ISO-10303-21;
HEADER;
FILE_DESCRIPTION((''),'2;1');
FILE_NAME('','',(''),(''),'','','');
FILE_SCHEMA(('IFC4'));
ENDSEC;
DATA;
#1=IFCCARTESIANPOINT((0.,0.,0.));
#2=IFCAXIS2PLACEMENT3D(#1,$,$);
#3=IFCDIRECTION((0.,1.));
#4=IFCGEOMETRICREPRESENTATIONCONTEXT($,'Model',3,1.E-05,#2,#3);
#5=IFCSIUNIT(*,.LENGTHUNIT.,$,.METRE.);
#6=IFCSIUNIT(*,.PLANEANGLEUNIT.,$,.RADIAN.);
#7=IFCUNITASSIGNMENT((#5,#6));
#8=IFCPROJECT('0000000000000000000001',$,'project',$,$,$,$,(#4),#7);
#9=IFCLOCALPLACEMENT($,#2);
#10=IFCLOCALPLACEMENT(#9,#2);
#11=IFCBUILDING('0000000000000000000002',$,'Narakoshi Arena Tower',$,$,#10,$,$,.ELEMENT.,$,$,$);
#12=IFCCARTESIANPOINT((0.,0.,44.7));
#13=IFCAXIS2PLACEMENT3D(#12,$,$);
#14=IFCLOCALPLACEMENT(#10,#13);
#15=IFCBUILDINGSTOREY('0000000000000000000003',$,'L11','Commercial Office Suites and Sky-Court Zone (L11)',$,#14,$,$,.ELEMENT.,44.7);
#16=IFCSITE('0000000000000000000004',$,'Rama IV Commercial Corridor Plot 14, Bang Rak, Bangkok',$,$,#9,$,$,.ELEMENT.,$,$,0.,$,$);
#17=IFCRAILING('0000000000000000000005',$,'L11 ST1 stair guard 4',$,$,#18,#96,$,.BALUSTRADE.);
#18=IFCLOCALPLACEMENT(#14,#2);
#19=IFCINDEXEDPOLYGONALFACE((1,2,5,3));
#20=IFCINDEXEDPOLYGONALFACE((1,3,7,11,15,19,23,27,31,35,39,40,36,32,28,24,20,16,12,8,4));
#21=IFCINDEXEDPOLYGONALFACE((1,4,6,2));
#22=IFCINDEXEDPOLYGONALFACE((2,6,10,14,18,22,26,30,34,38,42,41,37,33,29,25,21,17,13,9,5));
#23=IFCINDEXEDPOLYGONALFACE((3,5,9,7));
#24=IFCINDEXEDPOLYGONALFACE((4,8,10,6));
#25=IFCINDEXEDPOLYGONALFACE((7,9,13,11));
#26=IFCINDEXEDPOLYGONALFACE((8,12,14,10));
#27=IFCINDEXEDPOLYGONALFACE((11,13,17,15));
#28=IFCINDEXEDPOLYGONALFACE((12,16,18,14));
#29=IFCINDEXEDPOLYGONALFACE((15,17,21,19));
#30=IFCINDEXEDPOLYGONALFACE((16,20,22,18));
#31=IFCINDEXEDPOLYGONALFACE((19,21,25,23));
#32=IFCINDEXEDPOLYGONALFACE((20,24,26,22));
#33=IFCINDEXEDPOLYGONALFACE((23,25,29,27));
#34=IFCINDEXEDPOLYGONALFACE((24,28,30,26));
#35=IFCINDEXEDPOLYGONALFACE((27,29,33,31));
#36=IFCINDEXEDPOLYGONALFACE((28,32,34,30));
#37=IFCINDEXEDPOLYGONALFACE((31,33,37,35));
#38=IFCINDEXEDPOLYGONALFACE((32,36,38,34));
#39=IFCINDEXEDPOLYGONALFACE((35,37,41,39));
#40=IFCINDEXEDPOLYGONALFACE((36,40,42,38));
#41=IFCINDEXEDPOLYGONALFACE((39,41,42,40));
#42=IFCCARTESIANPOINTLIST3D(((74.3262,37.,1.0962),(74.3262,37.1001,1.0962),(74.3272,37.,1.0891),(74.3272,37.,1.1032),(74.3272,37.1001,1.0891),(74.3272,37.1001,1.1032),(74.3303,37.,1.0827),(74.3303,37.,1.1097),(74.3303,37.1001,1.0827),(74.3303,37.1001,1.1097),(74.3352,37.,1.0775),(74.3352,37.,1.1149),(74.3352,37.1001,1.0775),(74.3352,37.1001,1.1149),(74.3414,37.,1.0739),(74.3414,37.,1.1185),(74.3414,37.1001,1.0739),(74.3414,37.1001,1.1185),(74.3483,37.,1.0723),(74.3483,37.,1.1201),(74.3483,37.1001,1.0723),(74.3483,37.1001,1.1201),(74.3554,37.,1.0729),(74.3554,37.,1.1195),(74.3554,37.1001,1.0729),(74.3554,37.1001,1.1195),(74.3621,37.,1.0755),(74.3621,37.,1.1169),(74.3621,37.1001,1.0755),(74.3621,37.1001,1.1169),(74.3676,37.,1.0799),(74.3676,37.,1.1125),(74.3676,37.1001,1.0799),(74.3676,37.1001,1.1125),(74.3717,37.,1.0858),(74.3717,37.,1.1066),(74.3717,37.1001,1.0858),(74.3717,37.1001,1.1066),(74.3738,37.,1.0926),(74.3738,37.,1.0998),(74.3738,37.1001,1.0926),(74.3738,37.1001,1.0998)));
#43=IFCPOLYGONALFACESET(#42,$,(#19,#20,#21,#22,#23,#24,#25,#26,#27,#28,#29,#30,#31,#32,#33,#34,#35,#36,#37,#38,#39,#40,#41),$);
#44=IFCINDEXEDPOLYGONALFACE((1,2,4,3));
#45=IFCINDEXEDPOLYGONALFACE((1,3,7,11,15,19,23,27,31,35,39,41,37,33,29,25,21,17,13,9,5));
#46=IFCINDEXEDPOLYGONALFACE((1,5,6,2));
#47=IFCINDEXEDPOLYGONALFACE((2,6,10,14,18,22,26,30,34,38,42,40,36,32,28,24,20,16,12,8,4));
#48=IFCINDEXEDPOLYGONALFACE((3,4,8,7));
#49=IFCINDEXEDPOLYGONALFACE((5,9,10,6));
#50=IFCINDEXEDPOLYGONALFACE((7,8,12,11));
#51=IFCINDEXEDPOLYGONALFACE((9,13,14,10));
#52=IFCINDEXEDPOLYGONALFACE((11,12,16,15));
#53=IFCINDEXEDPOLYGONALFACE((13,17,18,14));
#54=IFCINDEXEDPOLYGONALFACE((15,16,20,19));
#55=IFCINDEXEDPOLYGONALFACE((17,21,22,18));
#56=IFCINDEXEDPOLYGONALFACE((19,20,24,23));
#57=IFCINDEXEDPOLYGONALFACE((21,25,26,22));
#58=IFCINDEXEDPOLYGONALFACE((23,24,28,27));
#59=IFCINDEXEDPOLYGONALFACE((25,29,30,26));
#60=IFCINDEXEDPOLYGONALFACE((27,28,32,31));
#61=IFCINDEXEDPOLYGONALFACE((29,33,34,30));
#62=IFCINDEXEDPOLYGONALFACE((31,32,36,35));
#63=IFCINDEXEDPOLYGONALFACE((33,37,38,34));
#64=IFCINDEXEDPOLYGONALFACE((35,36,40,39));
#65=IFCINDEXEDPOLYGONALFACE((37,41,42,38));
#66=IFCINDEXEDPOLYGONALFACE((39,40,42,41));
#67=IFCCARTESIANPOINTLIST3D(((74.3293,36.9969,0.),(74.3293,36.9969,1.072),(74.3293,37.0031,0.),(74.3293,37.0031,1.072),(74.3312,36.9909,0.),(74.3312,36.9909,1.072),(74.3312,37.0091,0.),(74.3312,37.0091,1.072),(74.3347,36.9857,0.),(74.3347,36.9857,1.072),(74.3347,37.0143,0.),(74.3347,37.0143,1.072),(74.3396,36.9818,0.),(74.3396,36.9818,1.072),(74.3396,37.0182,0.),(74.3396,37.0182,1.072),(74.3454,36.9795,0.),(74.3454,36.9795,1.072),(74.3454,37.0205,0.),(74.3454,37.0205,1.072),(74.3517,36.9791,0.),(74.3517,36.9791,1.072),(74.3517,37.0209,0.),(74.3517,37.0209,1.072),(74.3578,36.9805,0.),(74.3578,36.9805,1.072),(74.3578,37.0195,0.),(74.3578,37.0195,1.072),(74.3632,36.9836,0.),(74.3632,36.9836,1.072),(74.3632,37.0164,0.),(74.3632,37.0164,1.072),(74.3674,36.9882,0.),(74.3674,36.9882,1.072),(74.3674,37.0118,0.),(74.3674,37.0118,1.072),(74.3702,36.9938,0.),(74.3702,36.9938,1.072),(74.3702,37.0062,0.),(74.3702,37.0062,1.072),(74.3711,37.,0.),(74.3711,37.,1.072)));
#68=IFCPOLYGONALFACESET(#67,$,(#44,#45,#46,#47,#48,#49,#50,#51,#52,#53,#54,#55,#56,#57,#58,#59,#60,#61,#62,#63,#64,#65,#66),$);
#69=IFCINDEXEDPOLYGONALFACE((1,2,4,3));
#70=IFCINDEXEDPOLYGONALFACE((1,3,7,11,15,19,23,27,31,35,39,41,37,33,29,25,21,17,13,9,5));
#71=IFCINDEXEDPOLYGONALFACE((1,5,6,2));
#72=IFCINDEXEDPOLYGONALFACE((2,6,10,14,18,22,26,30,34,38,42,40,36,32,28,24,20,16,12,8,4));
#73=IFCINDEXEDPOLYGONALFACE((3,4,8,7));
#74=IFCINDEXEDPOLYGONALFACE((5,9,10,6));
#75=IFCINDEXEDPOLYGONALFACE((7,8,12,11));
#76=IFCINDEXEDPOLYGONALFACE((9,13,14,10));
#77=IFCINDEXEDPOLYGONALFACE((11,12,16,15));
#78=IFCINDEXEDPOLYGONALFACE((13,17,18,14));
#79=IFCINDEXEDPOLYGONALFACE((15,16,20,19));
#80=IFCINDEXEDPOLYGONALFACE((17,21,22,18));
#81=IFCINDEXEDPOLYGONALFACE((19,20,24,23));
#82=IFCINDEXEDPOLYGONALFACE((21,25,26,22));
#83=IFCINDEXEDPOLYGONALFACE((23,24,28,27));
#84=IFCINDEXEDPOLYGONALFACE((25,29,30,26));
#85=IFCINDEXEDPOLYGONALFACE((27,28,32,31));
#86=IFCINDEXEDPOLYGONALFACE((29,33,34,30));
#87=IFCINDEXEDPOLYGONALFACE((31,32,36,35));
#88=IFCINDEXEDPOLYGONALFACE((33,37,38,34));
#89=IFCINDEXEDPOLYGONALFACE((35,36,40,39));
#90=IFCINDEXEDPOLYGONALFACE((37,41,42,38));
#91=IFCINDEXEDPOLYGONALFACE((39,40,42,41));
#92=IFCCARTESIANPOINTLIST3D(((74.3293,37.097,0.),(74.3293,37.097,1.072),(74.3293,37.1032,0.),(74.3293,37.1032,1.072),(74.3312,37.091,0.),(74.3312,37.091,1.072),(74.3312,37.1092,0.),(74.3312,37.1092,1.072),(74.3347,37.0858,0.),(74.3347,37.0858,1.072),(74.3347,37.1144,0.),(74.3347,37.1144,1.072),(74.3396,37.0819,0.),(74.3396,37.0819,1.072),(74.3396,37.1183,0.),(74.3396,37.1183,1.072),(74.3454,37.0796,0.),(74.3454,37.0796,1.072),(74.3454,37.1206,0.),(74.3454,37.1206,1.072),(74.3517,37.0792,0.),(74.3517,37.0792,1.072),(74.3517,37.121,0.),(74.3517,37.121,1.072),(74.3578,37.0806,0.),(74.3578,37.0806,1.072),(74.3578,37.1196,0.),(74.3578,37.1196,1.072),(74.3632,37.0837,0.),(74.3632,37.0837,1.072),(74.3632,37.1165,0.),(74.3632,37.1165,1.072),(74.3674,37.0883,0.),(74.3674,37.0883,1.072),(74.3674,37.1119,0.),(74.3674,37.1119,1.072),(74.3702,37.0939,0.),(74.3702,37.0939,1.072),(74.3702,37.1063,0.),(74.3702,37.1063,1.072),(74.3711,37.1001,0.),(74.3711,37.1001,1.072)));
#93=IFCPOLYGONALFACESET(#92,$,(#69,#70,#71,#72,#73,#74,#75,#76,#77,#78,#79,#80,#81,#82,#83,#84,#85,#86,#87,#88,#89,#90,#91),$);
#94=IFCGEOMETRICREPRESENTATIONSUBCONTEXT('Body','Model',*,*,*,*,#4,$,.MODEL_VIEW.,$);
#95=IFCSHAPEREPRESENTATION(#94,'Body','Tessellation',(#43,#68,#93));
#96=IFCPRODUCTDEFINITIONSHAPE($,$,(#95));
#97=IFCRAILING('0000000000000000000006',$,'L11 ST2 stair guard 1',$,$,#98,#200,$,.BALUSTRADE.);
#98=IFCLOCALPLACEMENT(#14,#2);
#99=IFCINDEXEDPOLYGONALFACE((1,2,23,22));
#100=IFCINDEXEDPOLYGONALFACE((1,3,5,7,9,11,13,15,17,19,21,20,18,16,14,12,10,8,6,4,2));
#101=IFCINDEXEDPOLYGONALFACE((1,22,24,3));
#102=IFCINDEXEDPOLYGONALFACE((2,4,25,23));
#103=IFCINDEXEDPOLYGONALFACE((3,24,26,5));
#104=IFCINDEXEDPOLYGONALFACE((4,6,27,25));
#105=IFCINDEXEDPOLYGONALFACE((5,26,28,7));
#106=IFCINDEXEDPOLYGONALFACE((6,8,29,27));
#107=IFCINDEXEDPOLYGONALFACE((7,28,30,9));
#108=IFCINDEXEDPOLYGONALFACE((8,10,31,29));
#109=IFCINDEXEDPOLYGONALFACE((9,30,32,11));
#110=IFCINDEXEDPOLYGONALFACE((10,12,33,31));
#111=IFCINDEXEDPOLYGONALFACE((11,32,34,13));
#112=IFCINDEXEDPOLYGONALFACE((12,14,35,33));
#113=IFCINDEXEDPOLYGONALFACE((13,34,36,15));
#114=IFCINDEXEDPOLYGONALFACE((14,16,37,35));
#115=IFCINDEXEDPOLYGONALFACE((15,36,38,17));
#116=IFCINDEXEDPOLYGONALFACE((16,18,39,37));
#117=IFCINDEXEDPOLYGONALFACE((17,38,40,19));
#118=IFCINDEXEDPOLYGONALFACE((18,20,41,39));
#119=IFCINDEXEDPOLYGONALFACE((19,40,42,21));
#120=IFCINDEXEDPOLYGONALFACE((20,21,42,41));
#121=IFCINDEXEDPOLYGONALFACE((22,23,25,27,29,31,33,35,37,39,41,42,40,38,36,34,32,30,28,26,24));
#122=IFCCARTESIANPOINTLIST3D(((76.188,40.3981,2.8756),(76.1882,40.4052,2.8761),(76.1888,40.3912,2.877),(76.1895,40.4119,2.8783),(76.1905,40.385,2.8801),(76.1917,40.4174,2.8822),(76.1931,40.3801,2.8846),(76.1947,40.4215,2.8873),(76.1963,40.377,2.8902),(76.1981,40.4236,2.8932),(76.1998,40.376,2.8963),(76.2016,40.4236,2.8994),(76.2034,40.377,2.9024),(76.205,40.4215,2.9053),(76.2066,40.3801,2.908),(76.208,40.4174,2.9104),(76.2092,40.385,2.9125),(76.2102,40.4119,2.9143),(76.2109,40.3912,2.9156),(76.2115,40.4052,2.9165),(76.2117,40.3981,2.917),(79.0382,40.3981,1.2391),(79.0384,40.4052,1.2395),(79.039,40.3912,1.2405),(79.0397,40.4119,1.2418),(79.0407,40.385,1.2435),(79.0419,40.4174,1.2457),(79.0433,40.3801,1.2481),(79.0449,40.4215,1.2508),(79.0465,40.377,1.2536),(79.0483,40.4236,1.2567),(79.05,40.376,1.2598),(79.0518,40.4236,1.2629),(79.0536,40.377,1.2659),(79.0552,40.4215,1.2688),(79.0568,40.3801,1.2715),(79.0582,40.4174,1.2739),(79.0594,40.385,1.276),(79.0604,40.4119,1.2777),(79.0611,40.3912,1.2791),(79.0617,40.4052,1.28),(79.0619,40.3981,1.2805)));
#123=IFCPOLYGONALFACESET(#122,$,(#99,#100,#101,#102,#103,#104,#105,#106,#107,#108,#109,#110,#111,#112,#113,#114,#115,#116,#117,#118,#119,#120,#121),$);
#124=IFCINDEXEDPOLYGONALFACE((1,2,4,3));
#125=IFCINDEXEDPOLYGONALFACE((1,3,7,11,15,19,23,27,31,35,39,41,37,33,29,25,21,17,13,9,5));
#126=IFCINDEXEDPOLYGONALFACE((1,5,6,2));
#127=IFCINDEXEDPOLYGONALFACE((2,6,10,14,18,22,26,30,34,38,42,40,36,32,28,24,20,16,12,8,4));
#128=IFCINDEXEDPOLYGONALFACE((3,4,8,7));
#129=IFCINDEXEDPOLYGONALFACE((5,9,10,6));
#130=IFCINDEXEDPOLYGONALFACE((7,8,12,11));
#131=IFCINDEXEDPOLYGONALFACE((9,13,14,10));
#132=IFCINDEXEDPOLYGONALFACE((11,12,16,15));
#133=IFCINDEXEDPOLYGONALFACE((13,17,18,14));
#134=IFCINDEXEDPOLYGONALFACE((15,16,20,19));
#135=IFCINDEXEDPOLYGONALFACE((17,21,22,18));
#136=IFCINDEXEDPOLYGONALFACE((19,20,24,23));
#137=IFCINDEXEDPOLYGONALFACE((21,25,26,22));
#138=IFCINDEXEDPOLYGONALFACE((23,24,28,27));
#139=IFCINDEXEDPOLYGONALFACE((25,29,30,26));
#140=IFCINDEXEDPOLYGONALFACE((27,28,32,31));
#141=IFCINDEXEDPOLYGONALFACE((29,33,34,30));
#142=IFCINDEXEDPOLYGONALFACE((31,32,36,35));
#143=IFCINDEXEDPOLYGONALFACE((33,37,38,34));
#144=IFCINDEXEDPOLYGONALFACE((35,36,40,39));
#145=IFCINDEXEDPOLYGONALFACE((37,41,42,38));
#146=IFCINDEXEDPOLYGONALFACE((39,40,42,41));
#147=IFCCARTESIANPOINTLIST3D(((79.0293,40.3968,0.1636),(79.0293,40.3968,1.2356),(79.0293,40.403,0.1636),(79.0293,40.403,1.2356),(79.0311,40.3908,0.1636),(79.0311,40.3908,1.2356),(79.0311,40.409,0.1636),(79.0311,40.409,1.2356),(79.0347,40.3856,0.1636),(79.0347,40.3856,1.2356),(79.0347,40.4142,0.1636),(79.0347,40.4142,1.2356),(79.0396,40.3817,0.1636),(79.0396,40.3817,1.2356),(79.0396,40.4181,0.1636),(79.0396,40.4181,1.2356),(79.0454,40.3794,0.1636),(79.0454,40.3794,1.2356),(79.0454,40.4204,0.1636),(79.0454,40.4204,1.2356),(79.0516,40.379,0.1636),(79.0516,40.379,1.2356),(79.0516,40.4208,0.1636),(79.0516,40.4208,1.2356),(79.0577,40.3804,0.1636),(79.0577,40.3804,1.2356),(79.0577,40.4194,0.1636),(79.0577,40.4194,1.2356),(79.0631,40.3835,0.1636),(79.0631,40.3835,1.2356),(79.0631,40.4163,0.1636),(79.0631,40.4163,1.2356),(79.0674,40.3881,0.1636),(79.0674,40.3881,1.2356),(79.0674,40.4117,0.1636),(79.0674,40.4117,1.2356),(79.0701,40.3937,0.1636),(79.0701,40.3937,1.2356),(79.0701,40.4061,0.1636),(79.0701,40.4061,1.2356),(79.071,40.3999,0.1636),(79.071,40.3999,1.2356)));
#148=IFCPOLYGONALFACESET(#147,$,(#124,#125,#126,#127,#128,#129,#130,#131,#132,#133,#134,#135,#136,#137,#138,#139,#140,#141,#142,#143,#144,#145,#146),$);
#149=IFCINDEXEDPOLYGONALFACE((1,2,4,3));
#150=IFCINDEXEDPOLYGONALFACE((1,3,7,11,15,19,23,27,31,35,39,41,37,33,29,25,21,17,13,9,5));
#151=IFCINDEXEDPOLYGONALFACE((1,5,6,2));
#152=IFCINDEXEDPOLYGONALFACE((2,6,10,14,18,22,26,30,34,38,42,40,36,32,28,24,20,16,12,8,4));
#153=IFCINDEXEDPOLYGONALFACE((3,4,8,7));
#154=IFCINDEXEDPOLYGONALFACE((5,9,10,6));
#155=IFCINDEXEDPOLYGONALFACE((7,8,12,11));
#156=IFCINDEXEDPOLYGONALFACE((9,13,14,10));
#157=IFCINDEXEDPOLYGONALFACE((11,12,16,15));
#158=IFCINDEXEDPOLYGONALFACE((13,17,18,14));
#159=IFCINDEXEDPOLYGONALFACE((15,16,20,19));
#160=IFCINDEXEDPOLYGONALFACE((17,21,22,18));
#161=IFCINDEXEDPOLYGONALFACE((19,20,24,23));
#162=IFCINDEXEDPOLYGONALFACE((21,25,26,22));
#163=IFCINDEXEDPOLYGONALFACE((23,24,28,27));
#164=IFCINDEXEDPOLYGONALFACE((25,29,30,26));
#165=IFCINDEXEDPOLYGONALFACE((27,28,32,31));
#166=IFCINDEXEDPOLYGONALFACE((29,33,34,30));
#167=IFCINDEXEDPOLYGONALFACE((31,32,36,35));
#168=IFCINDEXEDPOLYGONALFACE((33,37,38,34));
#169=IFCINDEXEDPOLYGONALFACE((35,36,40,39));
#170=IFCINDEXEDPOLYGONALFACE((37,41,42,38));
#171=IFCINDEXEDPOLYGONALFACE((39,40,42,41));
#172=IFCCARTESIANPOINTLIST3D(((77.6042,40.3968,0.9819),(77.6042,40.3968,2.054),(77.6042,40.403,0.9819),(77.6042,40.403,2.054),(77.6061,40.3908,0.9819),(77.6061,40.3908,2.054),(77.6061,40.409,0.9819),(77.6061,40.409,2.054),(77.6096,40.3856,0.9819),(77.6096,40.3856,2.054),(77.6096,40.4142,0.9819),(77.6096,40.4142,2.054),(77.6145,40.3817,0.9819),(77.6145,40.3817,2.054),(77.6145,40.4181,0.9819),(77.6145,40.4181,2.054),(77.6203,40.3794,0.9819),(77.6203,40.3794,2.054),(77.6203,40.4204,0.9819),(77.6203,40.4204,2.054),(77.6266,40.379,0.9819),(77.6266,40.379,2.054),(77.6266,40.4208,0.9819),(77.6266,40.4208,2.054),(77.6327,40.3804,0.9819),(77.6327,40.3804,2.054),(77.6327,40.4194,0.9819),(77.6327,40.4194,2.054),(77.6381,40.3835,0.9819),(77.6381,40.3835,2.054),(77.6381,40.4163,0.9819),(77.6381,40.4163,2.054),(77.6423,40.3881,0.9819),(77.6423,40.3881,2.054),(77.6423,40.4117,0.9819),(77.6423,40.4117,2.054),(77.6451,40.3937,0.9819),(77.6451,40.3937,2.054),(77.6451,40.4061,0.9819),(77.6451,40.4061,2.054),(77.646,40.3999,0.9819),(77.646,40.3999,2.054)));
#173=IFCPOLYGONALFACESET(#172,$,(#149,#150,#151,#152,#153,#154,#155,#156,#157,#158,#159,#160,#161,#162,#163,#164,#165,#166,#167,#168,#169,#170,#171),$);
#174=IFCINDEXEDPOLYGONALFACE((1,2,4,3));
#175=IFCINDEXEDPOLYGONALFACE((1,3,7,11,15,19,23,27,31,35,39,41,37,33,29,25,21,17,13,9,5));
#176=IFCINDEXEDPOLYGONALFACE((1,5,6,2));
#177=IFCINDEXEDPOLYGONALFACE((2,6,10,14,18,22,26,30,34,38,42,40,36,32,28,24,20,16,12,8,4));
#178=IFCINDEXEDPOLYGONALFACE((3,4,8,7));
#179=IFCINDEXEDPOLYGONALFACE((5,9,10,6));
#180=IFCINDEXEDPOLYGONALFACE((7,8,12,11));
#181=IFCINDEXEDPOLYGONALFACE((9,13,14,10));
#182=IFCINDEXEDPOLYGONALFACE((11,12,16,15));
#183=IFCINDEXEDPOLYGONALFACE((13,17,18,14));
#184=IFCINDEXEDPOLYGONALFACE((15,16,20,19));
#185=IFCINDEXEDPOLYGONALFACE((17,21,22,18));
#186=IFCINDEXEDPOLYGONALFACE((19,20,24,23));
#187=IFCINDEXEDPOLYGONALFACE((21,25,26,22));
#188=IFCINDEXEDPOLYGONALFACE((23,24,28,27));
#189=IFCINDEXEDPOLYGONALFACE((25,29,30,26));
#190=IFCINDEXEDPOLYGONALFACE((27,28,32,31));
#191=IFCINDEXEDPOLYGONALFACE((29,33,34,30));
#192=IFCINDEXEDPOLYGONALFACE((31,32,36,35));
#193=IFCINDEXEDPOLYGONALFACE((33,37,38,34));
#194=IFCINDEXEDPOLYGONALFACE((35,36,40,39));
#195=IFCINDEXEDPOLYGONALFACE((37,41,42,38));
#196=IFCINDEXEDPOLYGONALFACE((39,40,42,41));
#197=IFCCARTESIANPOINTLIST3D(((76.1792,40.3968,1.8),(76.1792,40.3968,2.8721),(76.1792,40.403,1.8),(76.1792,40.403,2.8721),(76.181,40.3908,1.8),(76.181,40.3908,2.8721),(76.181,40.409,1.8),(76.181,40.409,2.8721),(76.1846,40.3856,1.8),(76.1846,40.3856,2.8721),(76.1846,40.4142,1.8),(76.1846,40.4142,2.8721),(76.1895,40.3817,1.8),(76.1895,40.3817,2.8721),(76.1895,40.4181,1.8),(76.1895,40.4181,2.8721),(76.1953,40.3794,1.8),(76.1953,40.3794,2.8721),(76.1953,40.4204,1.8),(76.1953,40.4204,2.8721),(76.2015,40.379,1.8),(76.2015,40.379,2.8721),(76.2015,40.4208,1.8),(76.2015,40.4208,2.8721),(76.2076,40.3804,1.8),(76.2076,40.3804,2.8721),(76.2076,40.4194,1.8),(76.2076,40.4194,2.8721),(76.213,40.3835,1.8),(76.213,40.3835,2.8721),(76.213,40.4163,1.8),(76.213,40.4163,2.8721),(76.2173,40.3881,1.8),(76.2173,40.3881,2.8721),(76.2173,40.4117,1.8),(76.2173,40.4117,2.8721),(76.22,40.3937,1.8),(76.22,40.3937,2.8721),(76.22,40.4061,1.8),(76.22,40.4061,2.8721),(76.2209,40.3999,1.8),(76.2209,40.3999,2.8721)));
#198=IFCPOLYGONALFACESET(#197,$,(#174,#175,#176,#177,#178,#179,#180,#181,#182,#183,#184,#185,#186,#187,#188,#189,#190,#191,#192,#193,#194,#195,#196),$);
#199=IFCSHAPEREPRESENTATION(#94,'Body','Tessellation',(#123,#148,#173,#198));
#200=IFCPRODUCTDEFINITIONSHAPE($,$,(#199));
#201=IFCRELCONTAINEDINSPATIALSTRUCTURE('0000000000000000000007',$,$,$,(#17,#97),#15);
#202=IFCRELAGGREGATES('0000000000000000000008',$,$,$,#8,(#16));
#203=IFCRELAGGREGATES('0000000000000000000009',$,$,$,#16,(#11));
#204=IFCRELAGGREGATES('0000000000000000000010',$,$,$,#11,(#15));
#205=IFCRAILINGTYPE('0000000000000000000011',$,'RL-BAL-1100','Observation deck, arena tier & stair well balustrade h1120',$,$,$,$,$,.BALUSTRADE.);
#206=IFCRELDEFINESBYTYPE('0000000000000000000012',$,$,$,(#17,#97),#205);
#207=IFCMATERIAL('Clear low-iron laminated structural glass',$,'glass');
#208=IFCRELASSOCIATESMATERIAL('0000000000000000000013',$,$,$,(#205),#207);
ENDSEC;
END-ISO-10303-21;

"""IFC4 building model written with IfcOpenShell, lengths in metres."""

from ifc_helpers import new_model, si_unit, direction, frame, origin, origin_2d, place, context, subcontext, project, spatial, circle, extrude, material, type_object, element, save


model = new_model("IFC4")

# Units and contexts
model_context = context("Model", 3, precision=1e-05, world=origin(), true_north=direction((0.0, 1.0)))
body_context = subcontext(model_context, "Body", "Model", "MODEL_VIEW")
ifc_project = project(units=[si_unit("LENGTHUNIT", "METRE"), si_unit("PLANEANGLEUNIT", "RADIAN")], contexts=[model_context])

# Site, building, storey
site_placement = place(None, origin())
site = spatial("IfcSite", under=ifc_project, at=site_placement, Name="Rama IV Commercial Corridor Plot 14, Bang Rak, Bangkok", CompositionType="ELEMENT", RefElevation=0.0)
building_placement = place(site_placement, origin())
building = spatial("IfcBuilding", under=site, at=building_placement, Name="Narakoshi Arena Tower", CompositionType="ELEMENT")
storey_placement = place(building_placement, frame((0.0, 0.0, 44.7)))
storey = spatial("IfcBuildingStorey", under=building, at=storey_placement, Name="L11", Description="Commercial Office Suites and Sky-Court Zone (L11)", CompositionType="ELEMENT", Elevation=44.7)

# Railings
ifc_material_1 = material(Name="Clear low-iron laminated structural glass", Category="glass")
railing_type_1 = type_object("IfcRailingType", Name="RL-BAL-1100", Description="Observation deck, arena tier & stair well balustrade h1120", PredefinedType="BALUSTRADE", material=ifc_material_1)
railing_1_placement = place(storey_placement, frame((74.3501, 37.0, 0.0)))
element("IfcRailing", 1, at=railing_1_placement, inside=storey, type_object=railing_type_1, Name="L11 ST1 stair guard 4", PredefinedType="BALUSTRADE", context=body_context, shape_type="SweptSolid", body=[
    extrude(circle(Radius=0.0239, at=origin_2d()), frame((0.0, 0.0, 1.0962), z_axis=(0.0, 1.0, 0.0), x_axis=(-1.0, 0.0, 0.0)), (0.0, 0.0, 1.0), 0.1001),
    extrude(circle(Radius=0.021, at=origin_2d()), origin(), (0.0, 0.0, 1.0), 1.072),
    extrude(circle(Radius=0.021, at=origin_2d()), frame((0.0, 0.1001, 0.0)), (0.0, 0.0, 1.0), 1.072),
])
railing_2_placement = place(storey_placement, frame((79.05, 40.3999, 0.1636)))
element("IfcRailing", 2, at=railing_2_placement, inside=storey, type_object=railing_type_1, Name="L11 ST2 stair guard 1", PredefinedType="BALUSTRADE", context=body_context, shape_type="SweptSolid", body=[
    extrude(circle(Radius=0.0239, at=origin_2d()), frame((0.0, 0.0, 1.0962), z_axis=(-0.867213, 0.0, 0.497938), x_axis=(0.0, -1.0, 0.0)), (0.0, 0.0, 1.0), 3.2866),
    extrude(circle(Radius=0.021, at=origin_2d()), origin(), (0.0, 0.0, 1.0), 1.072),
    extrude(circle(Radius=0.021, at=origin_2d()), frame((-1.425, 0.0, 0.8184)), (0.0, 0.0, 1.0), 1.072),
    extrude(circle(Radius=0.021, at=origin_2d()), frame((-2.8501, 0.0, 1.6365)), (0.0, 0.0, 1.0), 1.072),
])

save(model, "model.ifc")
